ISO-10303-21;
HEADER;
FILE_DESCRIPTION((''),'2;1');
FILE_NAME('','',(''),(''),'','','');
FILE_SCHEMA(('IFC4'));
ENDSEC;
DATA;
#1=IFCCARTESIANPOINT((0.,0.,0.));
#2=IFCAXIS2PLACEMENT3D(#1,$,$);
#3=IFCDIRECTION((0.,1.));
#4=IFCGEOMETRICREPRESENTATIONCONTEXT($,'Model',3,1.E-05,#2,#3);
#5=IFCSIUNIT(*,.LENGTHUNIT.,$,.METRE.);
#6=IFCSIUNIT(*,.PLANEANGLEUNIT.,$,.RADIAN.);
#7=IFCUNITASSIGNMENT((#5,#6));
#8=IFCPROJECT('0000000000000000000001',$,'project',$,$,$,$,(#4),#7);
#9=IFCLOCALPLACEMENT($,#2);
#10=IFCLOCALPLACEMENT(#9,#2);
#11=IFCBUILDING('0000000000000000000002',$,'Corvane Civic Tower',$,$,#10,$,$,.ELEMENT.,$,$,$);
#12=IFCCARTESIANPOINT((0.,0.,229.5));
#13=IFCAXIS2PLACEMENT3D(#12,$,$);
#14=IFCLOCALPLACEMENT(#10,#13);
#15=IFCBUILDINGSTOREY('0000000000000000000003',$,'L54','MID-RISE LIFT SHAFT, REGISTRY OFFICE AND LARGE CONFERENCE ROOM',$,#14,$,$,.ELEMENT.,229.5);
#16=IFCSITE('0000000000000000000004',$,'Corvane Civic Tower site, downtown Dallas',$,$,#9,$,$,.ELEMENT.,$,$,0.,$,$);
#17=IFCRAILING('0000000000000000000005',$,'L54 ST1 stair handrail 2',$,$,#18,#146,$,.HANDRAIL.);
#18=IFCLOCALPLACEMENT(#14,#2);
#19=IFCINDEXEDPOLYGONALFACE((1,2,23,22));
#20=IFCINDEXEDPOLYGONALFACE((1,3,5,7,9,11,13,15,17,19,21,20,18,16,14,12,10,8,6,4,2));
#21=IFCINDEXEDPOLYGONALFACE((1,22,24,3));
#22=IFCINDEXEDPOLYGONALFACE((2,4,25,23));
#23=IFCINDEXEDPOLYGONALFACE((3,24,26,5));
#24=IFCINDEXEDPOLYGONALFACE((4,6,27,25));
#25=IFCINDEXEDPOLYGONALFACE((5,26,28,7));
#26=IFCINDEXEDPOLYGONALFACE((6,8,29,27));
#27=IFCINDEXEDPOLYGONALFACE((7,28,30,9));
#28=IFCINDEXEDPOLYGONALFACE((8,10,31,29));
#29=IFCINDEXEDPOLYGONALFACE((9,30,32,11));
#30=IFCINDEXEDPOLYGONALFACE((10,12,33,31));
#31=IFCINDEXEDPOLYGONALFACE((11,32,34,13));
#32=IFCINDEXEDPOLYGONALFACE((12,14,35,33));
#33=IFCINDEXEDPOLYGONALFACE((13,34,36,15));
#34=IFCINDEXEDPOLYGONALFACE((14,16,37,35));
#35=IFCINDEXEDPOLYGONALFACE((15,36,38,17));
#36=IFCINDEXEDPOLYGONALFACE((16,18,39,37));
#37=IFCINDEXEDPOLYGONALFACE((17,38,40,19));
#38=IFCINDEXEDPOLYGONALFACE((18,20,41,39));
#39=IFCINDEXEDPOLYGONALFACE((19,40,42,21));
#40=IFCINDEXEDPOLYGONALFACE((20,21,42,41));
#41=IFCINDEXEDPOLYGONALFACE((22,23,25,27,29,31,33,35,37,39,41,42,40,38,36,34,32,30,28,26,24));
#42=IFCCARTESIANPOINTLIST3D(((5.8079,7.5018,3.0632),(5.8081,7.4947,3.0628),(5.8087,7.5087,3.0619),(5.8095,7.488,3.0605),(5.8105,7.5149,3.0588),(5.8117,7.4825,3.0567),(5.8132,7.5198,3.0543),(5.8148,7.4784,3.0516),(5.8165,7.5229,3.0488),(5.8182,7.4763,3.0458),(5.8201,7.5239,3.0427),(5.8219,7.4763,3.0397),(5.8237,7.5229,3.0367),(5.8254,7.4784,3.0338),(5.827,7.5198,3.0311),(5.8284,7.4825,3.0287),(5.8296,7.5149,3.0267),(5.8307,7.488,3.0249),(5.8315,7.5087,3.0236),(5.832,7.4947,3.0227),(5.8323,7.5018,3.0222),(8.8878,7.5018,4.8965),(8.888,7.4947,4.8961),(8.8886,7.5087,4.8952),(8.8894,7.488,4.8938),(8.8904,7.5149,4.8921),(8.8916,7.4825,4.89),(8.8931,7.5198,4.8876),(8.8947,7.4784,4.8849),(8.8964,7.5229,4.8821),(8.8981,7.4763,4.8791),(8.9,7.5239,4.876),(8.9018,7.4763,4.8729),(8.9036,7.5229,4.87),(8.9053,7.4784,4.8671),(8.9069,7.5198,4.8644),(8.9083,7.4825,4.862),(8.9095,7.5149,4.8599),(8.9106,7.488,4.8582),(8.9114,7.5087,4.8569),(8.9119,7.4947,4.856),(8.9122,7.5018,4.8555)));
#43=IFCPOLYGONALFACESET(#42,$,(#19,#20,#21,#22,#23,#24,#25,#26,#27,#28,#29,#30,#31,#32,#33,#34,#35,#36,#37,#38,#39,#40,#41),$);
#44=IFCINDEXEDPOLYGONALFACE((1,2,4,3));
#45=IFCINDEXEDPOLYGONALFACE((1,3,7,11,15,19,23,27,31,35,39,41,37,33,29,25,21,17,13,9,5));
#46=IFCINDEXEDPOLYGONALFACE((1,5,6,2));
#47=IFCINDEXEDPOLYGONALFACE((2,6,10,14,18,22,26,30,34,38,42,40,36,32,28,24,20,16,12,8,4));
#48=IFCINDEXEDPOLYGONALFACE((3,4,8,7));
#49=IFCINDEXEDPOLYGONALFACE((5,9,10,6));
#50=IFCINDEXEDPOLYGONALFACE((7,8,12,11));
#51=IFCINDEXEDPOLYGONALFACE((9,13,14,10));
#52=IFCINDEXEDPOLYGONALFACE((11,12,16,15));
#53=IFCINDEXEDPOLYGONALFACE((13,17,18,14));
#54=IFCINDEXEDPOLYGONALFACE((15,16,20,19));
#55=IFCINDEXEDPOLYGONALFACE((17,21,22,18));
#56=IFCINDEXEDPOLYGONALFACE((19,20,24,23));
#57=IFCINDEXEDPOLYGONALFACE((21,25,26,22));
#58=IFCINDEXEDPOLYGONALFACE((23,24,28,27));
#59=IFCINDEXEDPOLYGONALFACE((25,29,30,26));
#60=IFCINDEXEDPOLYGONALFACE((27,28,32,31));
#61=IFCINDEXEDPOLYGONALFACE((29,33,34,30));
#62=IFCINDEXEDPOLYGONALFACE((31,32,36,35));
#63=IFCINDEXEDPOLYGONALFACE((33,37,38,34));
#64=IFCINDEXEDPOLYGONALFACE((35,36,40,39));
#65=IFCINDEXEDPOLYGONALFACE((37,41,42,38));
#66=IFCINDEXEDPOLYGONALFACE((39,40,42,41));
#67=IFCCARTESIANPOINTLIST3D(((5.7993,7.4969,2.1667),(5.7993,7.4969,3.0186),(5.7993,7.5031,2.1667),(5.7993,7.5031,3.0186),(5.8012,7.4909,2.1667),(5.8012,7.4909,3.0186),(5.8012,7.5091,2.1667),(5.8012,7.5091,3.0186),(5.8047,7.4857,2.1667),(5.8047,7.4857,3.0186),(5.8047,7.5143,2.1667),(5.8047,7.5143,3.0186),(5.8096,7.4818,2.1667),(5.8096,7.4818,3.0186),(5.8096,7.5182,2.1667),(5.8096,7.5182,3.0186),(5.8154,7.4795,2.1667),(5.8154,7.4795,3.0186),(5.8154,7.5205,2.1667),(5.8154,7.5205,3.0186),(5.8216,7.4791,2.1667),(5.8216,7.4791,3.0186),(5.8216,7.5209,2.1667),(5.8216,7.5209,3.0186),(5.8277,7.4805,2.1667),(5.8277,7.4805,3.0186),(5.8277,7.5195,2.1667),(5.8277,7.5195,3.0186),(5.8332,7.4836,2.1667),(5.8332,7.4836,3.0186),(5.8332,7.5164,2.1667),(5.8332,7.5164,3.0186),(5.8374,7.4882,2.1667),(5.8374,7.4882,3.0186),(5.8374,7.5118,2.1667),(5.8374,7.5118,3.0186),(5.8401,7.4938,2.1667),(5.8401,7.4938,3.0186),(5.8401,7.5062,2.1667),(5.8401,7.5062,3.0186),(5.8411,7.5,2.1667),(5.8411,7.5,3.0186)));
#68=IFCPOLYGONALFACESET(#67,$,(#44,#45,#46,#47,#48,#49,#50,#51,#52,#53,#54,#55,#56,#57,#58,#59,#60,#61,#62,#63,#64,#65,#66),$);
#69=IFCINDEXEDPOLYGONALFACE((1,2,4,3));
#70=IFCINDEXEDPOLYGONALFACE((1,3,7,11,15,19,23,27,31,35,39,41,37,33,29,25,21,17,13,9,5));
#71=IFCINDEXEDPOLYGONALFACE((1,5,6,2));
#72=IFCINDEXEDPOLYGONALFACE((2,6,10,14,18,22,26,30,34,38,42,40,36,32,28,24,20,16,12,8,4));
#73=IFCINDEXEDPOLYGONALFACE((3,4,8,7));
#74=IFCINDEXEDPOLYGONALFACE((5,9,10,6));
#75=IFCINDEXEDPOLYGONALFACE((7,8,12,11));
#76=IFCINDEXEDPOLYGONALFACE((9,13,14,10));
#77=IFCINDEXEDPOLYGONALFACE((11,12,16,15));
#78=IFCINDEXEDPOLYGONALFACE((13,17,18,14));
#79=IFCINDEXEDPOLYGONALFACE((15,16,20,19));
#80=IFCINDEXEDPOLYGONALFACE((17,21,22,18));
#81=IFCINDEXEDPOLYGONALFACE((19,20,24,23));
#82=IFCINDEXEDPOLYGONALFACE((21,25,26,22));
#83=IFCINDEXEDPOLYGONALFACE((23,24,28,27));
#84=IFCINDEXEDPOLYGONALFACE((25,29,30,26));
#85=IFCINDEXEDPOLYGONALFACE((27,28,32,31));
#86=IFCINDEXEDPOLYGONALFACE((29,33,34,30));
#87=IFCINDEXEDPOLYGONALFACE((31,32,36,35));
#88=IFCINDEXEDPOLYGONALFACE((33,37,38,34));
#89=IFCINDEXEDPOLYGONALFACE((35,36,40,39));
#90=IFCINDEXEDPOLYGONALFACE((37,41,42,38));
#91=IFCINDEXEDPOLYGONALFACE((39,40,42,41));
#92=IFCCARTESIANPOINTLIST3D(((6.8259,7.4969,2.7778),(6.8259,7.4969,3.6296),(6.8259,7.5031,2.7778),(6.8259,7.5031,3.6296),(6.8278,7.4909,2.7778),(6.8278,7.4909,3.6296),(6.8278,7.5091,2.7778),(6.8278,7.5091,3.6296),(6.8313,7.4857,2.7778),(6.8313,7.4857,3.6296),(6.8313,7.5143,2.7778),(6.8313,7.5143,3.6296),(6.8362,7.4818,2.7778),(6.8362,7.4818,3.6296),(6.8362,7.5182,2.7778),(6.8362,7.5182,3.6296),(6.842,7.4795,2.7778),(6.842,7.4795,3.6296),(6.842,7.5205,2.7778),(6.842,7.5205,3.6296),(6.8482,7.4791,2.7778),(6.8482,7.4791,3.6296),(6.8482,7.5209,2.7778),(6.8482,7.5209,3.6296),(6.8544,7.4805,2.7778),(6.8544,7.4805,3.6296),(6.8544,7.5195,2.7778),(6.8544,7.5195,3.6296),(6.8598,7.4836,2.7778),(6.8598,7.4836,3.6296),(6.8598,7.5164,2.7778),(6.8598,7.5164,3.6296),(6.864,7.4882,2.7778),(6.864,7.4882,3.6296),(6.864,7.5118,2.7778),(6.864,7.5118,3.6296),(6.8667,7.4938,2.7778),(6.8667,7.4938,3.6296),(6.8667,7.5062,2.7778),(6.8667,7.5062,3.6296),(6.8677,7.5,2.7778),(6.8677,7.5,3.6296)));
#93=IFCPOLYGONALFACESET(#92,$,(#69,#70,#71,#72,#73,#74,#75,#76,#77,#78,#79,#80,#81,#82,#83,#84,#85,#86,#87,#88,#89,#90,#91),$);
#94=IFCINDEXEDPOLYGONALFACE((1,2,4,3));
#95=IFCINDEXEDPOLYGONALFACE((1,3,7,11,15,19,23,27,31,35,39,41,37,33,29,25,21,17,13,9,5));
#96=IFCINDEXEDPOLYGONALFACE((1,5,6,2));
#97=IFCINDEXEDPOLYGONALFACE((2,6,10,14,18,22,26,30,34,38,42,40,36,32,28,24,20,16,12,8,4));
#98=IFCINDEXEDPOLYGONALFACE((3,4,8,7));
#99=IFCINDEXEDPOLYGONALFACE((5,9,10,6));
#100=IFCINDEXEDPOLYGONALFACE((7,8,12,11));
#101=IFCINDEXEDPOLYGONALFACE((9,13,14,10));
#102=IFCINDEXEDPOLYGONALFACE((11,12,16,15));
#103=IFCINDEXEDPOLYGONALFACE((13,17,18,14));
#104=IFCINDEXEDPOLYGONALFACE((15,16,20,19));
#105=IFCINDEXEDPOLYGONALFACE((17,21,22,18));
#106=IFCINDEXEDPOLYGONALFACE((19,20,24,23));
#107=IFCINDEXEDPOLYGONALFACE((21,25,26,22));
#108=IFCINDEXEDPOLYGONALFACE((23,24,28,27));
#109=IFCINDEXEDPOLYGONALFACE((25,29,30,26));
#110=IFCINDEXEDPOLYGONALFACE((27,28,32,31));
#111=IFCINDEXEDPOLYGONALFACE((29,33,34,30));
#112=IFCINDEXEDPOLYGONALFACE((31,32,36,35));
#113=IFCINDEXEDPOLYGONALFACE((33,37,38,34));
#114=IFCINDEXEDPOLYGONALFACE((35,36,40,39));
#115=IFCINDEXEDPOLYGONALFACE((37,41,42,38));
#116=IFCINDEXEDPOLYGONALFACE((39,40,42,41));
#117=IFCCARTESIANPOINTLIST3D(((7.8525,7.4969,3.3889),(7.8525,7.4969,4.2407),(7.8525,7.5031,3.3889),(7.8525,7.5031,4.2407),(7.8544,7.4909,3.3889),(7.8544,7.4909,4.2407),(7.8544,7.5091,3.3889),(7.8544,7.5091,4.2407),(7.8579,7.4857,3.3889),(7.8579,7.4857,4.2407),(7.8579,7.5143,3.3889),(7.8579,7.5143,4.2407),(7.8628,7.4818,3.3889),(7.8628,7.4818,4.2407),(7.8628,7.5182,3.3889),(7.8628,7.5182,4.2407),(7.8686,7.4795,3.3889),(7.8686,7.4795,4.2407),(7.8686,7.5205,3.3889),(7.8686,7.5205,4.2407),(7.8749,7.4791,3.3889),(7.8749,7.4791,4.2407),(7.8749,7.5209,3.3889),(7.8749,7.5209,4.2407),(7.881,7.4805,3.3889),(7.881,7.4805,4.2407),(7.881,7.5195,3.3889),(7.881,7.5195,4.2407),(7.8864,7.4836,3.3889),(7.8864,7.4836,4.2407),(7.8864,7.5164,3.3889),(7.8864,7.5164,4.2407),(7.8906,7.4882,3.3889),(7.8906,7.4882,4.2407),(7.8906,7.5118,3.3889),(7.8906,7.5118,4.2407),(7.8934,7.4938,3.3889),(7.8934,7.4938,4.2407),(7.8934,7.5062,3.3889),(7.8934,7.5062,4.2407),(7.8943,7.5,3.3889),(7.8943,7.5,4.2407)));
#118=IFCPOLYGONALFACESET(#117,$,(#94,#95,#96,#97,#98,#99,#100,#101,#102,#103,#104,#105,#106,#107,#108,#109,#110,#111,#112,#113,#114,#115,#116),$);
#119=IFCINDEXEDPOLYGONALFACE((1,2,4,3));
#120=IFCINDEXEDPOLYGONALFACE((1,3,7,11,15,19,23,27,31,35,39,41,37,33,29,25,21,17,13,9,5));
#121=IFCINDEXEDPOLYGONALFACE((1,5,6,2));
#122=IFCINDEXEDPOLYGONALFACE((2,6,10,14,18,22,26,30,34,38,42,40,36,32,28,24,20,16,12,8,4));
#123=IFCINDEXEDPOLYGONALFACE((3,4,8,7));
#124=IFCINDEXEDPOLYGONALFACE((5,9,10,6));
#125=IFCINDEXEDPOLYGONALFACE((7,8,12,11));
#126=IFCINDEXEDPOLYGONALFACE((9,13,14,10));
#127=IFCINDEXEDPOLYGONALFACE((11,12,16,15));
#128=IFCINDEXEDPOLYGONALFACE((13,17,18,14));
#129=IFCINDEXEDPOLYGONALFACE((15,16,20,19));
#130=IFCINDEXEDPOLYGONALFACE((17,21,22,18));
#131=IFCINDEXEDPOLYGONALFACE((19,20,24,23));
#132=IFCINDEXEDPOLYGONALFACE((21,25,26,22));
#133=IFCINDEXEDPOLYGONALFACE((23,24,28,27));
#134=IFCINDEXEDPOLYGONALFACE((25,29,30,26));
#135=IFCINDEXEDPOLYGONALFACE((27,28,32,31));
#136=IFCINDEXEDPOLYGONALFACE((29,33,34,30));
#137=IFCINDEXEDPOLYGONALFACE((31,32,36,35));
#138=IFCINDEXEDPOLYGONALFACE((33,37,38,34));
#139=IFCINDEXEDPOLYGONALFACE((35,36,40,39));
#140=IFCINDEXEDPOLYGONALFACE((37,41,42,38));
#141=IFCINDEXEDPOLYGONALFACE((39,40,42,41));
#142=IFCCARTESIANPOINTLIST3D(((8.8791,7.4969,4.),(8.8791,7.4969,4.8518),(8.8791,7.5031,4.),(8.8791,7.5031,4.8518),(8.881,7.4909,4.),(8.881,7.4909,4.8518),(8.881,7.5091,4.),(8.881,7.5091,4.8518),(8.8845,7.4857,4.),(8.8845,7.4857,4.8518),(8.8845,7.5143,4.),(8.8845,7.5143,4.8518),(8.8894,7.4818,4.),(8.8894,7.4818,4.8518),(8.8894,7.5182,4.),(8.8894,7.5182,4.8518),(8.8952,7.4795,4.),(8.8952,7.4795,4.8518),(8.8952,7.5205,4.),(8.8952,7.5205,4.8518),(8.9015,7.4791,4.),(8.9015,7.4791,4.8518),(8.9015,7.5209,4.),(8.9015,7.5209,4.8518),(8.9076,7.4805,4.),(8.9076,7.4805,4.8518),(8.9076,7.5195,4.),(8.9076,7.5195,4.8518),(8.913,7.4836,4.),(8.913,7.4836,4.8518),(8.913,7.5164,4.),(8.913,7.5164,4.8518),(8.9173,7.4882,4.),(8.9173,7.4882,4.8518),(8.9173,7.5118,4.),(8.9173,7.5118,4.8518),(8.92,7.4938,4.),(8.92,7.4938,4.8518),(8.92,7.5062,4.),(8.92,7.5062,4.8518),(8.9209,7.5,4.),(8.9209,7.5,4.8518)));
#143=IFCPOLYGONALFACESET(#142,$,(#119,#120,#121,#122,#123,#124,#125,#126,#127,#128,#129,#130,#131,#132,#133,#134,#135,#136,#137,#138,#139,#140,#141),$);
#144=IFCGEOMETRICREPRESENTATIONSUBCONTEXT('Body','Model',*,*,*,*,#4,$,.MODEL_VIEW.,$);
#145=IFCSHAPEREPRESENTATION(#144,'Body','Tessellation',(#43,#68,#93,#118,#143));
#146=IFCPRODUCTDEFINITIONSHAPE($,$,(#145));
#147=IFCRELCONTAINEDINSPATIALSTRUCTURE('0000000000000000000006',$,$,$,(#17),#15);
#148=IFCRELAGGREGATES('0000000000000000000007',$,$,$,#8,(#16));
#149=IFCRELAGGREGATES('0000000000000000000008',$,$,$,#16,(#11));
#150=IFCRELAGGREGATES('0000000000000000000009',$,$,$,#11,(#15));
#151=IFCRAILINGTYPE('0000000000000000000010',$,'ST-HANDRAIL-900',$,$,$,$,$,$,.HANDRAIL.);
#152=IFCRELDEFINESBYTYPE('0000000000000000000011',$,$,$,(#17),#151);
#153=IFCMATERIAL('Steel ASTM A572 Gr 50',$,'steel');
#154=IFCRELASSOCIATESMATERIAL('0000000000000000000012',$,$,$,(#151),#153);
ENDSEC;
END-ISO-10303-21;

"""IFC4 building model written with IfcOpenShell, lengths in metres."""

from ifc_helpers import new_model, si_unit, direction, frame, origin, origin_2d, place, context, subcontext, project, spatial, circle, extrude, material, type_object, element, save


model = new_model("IFC4")

# Units and contexts
model_context = context("Model", 3, precision=1e-05, world=origin(), true_north=direction((0.0, 1.0)))
body_context = subcontext(model_context, "Body", "Model", "MODEL_VIEW")
ifc_project = project(units=[si_unit("LENGTHUNIT", "METRE"), si_unit("PLANEANGLEUNIT", "RADIAN")], contexts=[model_context])

# Site, building, storey
site_placement = place(None, origin())
site = spatial("IfcSite", under=ifc_project, at=site_placement, Name="Corvane Civic Tower site, downtown Dallas", CompositionType="ELEMENT", RefElevation=0.0)
building_placement = place(site_placement, origin())
building = spatial("IfcBuilding", under=site, at=building_placement, Name="Corvane Civic Tower", CompositionType="ELEMENT")
storey_placement = place(building_placement, frame((0.0, 0.0, 229.5)))
storey = spatial("IfcBuildingStorey", under=building, at=storey_placement, Name="L54", Description="MID-RISE LIFT SHAFT, REGISTRY OFFICE AND LARGE CONFERENCE ROOM", CompositionType="ELEMENT", Elevation=229.5)

# Railing
ifc_material_1 = material(Name="Steel ASTM A572 Gr 50", Category="steel")
railing_type_1 = type_object("IfcRailingType", Name="ST-HANDRAIL-900", PredefinedType="HANDRAIL", material=ifc_material_1)
railing_1_placement = place(storey_placement, frame((5.8201, 7.5, 2.1667)))
element("IfcRailing", 1, at=railing_1_placement, inside=storey, type_object=railing_type_1, Name="L54 ST1 stair handrail 2", PredefinedType="HANDRAIL", context=body_context, shape_type="SweptSolid", body=[
    extrude(circle(Radius=0.0239, at=origin_2d()), frame((0.0, 0.0, 0.876), z_axis=(0.859291, 0.0, 0.511487), x_axis=(0.0, 1.0, 0.0)), (0.0, 0.0, 1.0), 3.5842),
    extrude(circle(Radius=0.021, at=origin_2d()), origin(), (0.0, 0.0, 1.0), 0.8518),
    extrude(circle(Radius=0.021, at=origin_2d()), frame((1.0266, 0.0, 0.6111)), (0.0, 0.0, 1.0), 0.8518),
    extrude(circle(Radius=0.021, at=origin_2d()), frame((2.0532, 0.0, 1.2222)), (0.0, 0.0, 1.0), 0.8518),
    extrude(circle(Radius=0.021, at=origin_2d()), frame((3.0798, 0.0, 1.8333)), (0.0, 0.0, 1.0), 0.8518),
])

save(model, "model.ifc")
